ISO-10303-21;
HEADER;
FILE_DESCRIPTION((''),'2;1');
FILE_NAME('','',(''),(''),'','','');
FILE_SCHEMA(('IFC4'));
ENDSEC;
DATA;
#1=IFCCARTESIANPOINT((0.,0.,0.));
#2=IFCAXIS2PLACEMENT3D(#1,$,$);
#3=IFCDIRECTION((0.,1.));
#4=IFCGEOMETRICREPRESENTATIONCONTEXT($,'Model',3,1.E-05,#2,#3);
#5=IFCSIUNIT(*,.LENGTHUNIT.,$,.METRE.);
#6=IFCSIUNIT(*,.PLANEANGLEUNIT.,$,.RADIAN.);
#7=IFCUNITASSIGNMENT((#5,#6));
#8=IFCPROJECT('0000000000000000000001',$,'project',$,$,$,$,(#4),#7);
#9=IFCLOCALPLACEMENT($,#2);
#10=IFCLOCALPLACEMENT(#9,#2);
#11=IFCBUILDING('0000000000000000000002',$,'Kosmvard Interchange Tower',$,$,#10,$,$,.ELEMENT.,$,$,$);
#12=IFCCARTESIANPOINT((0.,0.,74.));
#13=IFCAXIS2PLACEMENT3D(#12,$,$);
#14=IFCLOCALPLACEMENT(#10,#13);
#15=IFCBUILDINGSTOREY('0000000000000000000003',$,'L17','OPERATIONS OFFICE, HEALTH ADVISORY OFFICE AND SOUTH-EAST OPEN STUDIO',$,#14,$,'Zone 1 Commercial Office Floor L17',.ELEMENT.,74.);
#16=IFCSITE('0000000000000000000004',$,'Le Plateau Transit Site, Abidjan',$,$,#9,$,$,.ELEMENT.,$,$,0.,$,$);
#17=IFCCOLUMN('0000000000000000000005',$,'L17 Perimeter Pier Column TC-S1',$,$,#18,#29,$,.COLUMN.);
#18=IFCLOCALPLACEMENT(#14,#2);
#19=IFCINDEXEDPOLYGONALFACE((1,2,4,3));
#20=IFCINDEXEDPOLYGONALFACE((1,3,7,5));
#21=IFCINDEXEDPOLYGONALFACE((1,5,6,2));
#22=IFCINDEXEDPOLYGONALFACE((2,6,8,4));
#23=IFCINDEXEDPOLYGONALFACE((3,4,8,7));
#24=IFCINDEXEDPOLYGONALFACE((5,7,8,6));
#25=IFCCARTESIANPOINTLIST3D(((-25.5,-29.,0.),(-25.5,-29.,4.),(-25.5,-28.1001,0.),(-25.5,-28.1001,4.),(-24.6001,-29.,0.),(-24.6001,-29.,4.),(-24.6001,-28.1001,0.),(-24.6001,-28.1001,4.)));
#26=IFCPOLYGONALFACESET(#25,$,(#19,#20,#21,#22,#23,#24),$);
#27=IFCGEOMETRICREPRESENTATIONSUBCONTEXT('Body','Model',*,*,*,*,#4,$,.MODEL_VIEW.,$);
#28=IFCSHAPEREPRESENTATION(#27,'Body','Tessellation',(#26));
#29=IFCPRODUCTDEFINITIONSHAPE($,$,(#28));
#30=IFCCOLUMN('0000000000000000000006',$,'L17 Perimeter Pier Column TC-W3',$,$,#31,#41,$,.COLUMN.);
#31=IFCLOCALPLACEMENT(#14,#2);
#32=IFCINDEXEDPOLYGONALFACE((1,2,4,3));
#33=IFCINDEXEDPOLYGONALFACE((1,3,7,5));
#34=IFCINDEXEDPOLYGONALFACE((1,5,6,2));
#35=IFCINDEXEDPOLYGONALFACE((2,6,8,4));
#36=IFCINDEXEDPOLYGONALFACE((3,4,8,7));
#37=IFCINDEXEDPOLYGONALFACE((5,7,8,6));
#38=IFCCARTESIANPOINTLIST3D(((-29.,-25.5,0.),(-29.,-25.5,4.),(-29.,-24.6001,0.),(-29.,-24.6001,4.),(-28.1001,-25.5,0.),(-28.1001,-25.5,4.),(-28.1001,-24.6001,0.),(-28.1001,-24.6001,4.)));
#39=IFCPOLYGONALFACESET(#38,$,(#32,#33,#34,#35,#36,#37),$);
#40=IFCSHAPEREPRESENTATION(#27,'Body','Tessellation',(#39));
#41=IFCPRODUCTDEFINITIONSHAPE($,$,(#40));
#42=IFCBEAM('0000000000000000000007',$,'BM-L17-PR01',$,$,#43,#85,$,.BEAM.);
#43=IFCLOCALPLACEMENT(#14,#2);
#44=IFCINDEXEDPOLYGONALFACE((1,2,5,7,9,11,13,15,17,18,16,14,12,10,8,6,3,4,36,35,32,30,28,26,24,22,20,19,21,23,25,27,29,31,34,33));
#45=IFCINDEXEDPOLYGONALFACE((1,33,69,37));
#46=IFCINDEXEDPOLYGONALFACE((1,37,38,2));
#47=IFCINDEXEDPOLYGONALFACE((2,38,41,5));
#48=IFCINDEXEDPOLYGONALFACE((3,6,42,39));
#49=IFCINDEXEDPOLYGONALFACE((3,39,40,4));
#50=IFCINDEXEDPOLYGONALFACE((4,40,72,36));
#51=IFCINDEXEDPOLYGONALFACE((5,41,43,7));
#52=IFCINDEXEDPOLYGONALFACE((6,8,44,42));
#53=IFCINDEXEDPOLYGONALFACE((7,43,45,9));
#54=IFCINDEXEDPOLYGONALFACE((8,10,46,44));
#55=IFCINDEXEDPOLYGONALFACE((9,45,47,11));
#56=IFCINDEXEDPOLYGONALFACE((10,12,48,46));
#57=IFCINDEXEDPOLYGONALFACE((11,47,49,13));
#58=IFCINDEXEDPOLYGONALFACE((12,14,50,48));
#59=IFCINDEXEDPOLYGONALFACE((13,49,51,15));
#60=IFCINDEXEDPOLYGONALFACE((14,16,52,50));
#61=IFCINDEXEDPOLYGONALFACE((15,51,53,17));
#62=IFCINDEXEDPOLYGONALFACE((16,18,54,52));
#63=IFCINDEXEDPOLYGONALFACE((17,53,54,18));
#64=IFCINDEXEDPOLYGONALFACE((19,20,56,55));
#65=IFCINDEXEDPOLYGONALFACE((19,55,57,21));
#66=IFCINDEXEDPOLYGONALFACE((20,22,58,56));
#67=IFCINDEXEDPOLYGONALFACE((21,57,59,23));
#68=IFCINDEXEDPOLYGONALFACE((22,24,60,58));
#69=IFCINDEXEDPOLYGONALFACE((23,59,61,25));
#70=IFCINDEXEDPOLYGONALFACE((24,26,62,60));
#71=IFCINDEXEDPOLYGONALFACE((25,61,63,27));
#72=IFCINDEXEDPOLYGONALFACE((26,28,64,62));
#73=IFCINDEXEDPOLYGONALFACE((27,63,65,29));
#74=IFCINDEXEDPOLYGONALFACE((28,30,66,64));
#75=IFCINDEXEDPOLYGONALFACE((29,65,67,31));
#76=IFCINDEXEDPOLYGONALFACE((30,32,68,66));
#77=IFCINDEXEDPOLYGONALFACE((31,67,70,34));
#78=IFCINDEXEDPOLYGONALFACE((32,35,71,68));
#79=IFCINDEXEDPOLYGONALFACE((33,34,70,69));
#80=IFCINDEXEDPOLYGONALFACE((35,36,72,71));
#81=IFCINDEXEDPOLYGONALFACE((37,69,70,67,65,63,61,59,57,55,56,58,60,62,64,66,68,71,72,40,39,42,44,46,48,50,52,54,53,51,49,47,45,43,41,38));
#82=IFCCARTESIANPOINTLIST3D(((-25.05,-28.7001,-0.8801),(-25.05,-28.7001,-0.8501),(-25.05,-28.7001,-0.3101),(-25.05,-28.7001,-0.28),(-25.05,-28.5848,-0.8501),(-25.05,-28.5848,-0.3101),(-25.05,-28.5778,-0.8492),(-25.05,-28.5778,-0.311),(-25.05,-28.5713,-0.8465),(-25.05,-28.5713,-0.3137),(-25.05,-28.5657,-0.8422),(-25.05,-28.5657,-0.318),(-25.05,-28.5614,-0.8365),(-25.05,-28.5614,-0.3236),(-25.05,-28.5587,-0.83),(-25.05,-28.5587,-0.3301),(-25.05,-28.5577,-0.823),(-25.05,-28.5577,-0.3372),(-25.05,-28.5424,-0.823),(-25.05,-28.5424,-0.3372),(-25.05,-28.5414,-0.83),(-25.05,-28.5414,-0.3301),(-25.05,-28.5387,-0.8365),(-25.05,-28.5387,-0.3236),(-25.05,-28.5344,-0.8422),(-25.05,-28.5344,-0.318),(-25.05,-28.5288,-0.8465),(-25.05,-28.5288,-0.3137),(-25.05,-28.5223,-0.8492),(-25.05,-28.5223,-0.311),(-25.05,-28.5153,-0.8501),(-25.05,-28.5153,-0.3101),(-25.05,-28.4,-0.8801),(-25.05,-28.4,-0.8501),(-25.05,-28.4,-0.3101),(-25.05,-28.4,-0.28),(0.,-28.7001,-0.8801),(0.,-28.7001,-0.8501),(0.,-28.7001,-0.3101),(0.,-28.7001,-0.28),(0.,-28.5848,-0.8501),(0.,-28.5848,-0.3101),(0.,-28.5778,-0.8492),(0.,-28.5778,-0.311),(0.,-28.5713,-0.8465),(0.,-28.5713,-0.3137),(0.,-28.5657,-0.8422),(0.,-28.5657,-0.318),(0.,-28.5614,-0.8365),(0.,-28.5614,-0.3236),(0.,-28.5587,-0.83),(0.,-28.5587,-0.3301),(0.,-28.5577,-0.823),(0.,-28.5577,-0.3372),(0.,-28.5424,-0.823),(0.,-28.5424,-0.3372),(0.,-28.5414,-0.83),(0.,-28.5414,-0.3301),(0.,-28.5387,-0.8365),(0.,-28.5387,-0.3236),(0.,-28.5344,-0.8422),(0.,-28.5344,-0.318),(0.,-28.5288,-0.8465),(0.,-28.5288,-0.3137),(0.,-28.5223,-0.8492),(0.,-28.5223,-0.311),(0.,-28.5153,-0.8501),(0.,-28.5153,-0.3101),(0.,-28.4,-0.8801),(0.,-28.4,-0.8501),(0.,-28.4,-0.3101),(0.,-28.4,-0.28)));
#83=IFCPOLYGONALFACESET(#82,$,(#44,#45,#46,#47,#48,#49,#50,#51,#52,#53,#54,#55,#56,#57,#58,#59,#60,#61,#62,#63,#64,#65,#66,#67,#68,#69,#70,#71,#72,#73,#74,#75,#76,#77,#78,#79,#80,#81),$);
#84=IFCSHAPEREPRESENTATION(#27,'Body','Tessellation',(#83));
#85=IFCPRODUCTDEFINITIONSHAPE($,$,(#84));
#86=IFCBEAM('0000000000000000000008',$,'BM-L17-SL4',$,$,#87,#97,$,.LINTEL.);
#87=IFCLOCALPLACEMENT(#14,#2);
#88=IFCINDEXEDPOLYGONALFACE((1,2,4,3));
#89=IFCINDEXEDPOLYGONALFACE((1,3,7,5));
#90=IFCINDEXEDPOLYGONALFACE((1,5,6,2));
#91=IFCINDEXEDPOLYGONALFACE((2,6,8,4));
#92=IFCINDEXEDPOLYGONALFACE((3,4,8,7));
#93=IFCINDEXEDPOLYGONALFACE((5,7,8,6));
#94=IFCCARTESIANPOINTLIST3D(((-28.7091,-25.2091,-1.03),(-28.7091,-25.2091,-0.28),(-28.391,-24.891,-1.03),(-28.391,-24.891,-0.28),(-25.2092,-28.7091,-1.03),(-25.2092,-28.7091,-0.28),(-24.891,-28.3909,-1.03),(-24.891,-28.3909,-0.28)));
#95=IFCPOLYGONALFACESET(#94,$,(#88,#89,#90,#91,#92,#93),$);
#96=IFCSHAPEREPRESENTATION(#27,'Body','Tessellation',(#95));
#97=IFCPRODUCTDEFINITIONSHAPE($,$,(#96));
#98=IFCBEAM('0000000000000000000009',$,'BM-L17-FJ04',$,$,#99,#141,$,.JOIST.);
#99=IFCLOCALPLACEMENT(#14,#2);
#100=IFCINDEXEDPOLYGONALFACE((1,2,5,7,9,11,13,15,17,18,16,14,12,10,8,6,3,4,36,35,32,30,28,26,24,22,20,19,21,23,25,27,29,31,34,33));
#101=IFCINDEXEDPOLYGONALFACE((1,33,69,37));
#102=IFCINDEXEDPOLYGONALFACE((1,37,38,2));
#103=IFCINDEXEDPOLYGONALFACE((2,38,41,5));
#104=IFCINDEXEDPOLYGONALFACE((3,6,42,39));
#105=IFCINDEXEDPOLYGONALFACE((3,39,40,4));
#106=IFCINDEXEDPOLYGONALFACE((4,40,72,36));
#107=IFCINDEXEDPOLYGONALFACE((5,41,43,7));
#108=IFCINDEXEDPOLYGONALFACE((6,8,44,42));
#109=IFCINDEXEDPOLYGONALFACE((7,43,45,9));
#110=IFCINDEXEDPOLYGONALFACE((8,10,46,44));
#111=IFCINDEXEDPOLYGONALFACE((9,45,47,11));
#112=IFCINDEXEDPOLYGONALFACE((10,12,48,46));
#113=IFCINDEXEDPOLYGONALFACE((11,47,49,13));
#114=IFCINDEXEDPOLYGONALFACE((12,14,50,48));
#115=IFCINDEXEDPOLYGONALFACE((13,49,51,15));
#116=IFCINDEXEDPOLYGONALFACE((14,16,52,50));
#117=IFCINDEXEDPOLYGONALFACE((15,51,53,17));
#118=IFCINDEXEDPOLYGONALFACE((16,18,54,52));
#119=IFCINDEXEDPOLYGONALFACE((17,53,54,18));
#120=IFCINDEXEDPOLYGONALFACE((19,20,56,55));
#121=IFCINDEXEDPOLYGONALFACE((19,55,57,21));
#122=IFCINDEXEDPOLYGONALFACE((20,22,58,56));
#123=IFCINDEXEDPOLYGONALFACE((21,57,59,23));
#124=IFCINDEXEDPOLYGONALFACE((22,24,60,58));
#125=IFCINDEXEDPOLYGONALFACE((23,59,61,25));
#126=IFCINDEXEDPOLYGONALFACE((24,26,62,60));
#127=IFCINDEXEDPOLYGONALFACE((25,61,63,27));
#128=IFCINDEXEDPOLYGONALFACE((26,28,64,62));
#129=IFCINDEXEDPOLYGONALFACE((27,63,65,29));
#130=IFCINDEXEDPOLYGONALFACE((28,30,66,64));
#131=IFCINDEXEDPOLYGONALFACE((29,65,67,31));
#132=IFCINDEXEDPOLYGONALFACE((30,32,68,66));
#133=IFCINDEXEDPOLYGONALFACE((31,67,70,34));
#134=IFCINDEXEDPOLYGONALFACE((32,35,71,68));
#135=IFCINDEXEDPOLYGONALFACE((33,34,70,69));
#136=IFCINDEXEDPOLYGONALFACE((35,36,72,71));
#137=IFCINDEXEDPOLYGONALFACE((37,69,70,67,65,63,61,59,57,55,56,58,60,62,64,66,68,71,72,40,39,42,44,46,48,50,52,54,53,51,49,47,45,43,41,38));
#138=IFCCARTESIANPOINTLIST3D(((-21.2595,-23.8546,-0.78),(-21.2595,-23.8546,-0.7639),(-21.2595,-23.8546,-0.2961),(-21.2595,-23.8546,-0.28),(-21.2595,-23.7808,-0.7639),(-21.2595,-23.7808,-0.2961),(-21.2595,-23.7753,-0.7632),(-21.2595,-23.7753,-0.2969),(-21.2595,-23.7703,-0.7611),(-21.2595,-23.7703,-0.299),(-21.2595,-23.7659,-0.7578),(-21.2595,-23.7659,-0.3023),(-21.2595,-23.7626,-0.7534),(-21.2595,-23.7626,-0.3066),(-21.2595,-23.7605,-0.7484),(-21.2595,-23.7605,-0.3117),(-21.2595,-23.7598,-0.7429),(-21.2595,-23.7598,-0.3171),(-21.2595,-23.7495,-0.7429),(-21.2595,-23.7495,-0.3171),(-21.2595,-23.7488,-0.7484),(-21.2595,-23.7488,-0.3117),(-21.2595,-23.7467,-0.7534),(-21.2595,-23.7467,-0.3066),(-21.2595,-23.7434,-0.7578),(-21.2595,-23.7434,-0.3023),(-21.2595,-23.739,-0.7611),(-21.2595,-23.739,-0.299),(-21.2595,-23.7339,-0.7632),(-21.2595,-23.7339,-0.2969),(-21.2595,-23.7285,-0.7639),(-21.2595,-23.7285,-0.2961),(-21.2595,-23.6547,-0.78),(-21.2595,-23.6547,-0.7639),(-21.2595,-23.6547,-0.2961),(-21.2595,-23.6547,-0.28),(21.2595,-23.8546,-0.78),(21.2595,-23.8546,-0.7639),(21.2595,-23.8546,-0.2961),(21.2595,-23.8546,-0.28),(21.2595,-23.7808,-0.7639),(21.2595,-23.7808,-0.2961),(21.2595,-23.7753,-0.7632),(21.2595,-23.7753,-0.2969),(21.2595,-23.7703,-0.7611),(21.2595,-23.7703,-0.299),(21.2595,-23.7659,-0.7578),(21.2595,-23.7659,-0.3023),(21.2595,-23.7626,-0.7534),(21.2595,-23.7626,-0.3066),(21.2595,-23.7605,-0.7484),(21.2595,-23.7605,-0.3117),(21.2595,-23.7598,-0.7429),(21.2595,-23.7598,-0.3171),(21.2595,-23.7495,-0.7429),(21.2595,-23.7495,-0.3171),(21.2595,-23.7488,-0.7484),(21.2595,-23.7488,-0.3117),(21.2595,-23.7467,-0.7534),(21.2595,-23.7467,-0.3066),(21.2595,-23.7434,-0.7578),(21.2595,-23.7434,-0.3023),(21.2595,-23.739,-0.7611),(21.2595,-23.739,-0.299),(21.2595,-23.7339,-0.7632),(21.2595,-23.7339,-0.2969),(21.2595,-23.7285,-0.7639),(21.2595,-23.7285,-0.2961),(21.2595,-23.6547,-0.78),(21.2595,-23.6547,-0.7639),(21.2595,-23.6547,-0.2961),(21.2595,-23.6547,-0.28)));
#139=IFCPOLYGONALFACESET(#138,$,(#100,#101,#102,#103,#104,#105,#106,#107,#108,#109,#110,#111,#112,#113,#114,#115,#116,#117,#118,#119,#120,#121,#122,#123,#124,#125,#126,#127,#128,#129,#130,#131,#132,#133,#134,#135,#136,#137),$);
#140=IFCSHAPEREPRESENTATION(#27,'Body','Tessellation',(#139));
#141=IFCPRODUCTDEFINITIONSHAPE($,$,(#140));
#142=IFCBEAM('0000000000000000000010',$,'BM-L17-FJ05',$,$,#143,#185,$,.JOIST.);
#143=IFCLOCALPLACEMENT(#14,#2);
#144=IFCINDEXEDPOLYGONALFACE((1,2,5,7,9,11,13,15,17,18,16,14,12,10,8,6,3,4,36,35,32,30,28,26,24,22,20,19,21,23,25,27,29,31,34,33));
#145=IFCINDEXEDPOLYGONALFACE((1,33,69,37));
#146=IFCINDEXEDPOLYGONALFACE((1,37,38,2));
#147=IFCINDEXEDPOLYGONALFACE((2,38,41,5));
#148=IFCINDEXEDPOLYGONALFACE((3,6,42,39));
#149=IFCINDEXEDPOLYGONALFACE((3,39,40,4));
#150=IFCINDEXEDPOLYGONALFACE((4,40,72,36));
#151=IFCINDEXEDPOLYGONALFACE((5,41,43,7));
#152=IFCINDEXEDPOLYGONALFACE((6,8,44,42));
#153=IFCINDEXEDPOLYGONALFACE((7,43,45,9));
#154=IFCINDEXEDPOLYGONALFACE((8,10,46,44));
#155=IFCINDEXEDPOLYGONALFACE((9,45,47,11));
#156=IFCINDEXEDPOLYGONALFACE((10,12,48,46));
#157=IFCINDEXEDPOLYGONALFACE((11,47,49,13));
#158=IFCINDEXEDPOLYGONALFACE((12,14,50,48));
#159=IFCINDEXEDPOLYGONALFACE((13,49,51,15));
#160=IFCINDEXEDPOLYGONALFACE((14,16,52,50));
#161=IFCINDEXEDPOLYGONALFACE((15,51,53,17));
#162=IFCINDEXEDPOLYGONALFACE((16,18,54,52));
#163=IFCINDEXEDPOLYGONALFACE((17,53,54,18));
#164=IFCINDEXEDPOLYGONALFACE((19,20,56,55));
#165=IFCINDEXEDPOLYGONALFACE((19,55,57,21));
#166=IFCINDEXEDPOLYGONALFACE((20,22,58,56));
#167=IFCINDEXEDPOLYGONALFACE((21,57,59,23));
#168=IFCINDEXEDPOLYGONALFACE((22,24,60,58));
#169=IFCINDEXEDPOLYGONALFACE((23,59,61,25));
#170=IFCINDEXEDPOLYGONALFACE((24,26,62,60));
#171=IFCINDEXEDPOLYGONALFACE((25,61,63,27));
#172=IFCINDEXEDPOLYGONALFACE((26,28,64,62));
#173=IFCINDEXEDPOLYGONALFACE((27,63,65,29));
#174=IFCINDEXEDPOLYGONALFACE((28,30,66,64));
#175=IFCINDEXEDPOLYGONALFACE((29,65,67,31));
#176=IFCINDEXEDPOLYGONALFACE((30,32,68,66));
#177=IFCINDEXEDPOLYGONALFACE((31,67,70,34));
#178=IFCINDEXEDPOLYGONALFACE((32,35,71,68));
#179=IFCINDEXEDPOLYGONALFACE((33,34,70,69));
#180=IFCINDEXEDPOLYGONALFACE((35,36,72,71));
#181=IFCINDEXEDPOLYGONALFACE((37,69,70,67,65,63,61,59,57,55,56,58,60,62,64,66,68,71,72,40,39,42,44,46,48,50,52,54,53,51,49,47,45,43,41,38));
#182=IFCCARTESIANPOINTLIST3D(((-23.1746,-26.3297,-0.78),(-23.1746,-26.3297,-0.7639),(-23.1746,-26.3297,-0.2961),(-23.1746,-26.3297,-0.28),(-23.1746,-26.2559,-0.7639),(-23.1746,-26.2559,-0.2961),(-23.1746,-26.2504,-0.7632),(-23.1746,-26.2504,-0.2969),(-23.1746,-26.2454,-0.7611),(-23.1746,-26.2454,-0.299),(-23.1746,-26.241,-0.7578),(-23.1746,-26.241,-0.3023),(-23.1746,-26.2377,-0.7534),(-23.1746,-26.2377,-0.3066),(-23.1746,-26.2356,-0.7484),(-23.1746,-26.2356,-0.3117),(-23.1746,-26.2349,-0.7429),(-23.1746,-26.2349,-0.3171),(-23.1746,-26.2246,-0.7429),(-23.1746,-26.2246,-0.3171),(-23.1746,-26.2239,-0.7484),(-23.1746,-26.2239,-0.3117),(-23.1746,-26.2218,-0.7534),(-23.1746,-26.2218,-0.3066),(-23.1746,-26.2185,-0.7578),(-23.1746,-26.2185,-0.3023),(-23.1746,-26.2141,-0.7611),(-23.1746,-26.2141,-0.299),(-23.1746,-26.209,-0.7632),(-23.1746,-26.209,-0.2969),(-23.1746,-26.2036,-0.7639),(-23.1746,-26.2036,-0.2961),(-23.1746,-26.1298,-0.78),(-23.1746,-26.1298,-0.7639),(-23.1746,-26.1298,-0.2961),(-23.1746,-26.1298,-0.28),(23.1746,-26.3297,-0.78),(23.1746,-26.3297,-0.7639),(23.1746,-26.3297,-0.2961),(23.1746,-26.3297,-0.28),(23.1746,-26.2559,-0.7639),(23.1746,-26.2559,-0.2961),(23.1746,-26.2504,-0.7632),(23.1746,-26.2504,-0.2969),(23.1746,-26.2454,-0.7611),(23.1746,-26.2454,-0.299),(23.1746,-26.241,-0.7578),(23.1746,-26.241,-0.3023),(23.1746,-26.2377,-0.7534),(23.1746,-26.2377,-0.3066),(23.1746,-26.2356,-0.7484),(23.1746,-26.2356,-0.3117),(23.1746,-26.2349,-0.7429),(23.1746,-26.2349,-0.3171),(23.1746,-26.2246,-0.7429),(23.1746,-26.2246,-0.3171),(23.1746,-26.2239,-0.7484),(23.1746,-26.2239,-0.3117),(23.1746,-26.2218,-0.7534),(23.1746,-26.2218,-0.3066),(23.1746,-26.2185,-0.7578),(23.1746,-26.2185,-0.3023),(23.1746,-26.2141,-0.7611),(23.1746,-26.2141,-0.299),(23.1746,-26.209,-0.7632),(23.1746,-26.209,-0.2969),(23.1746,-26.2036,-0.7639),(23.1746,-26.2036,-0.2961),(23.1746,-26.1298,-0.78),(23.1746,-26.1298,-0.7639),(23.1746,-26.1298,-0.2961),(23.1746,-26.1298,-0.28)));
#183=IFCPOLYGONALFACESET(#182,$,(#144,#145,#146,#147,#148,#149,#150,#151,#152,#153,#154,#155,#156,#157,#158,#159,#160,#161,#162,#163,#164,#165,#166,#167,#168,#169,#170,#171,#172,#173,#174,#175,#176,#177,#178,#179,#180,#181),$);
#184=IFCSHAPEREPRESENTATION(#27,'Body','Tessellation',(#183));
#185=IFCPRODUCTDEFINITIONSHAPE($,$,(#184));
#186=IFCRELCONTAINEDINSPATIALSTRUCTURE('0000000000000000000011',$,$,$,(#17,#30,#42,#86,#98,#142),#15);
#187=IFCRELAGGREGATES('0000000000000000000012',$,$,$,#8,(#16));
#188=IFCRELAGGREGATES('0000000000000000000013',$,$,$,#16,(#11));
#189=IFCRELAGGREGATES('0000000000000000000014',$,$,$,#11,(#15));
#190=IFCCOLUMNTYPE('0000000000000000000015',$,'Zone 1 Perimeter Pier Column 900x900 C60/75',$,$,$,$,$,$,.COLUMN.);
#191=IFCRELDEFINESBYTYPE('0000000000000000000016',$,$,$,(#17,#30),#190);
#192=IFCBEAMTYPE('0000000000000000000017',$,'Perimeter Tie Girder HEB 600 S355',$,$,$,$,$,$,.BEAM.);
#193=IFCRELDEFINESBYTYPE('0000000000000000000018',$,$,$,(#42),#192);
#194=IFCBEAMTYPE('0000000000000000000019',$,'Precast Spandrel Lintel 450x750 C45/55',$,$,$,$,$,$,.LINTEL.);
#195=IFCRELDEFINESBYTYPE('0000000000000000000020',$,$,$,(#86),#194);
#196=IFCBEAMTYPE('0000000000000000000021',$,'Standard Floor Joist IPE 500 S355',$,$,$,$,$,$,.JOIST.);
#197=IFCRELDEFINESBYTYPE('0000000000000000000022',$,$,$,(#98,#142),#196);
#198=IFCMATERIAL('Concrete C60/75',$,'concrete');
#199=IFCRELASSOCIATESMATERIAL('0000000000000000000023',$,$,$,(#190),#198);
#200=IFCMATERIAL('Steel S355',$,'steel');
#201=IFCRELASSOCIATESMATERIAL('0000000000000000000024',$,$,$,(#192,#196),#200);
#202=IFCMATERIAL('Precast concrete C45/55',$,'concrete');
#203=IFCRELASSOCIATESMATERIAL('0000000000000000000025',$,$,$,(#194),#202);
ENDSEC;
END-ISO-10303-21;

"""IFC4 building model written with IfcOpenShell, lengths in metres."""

from ifc_helpers import new_model, si_unit, direction, frame, origin, origin_2d, place, context, subcontext, project, spatial, rectangle, i_section, extrude, source, transform, mapped, material, material_profile, profile_set, type_object, element, save


model = new_model("IFC4")

# Units and contexts
model_context = context("Model", 3, precision=1e-05, world=origin(), true_north=direction((0.0, 1.0)))
body_context = subcontext(model_context, "Body", "Model", "MODEL_VIEW")
ifc_project = project(units=[si_unit("LENGTHUNIT", "METRE"), si_unit("PLANEANGLEUNIT", "RADIAN")], contexts=[model_context])

# Site, building, storey
site_placement = place(None, origin())
site = spatial("IfcSite", under=ifc_project, at=site_placement, Name="Le Plateau Transit Site, Abidjan", CompositionType="ELEMENT", RefElevation=0.0)
building_placement = place(site_placement, origin())
building = spatial("IfcBuilding", under=site, at=building_placement, Name="Kosmvard Interchange Tower", CompositionType="ELEMENT")
storey_placement = place(building_placement, frame((0.0, 0.0, 74.0)))
storey = spatial("IfcBuildingStorey", under=building, at=storey_placement, Name="L17", Description="OPERATIONS OFFICE, HEALTH ADVISORY OFFICE AND SOUTH-EAST OPEN STUDIO", LongName="Zone 1 Commercial Office Floor L17", CompositionType="ELEMENT", Elevation=74.0)

# Columns
ifc_material_1 = material(Name="Concrete C60/75", Category="concrete")
ifc_material_profile_1 = material_profile(ifc_material_1, rectangle(XDim=0.8999, YDim=0.8999, at=origin_2d()), Name="TC 900x900")
ifc_profile_set_1 = profile_set([ifc_material_profile_1], Name="Concrete C60/75")
column_type = type_object("IfcColumnType", Name="Zone 1 Perimeter Pier Column 900x900 C60/75", PredefinedType="COLUMN", material=ifc_profile_set_1)
shared_shape_1 = source(origin(), body_context, "Body", "SweptSolid", [
    extrude(rectangle(XDim=0.8999, YDim=0.8999, at=origin_2d()), origin(), (0.0, 0.0, 1.0), 4.0),
])
for number, where, z_axis, x_axis, name in (
    (1, (-25.05, -28.55, 0.0), (0.0, 0.0, 1.0), (1.0, 0.0, 0.0), "L17 Perimeter Pier Column TC-S1"),
    (2, (-28.55, -25.05, 0.0), (0.0, 0.0, 1.0), (1.0, 0.0, 0.0), "L17 Perimeter Pier Column TC-W3"),
):
    element("IfcColumn", number, at=place(storey_placement, frame(where, z_axis=z_axis, x_axis=x_axis)), inside=storey, type_object=column_type, Name=name, PredefinedType="COLUMN", context=body_context, shape_type="MappedRepresentation", body=[
        mapped(shared_shape_1, transform((0.0, 0.0, 0.0), scale=1.0)),
    ])

# Beams
ifc_material_2 = material(Name="Steel S355", Category="steel")
ifc_material_profile_2 = material_profile(ifc_material_2, i_section(OverallWidth=0.3, OverallDepth=0.6001, WebThickness=0.0154, FlangeThickness=0.03, FilletRadius=0.0271, at=origin_2d()), Name="HEB 600")
ifc_profile_set_2 = profile_set([ifc_material_profile_2], Name="Steel S355")
beam_type_1 = type_object("IfcBeamType", Name="Perimeter Tie Girder HEB 600 S355", PredefinedType="BEAM", material=ifc_profile_set_2)
shared_shape_2 = source(origin(), body_context, "Body", "SweptSolid", [
    extrude(i_section(OverallWidth=0.3, OverallDepth=0.6001, WebThickness=0.0154, FlangeThickness=0.03, FilletRadius=0.0271, at=origin_2d()), origin(), (0.0, 0.0, 1.0), 25.05),
])
beam_1_placement = place(storey_placement, frame((-25.05, -28.55, -0.5801), z_axis=(1.0, 0.0, 0.0), x_axis=(0.0, 1.0, 0.0)))
element("IfcBeam", 3, at=beam_1_placement, inside=storey, type_object=beam_type_1, Name="BM-L17-PR01", PredefinedType="BEAM", context=body_context, shape_type="MappedRepresentation", body=[
    mapped(shared_shape_2, transform((0.0, 0.0, 0.0), scale=1.0)),
])
ifc_material_3 = material(Name="Precast concrete C45/55", Category="concrete")
ifc_material_profile_3 = material_profile(ifc_material_3, rectangle(XDim=0.45, YDim=0.75, at=origin_2d()), Name="SL 450x750")
ifc_profile_set_3 = profile_set([ifc_material_profile_3], Name="Precast concrete C45/55")
beam_type_2 = type_object("IfcBeamType", Name="Precast Spandrel Lintel 450x750 C45/55", PredefinedType="LINTEL", material=ifc_profile_set_3)
shared_shape_3 = source(origin(), body_context, "Body", "SweptSolid", [
    extrude(rectangle(XDim=0.45, YDim=0.75, at=origin_2d()), origin(), (0.0, 0.0, 1.0), 4.9497),
])
beam_2_placement = place(storey_placement, frame((-28.55, -25.05, -0.655), z_axis=(0.707107, -0.707107, 0.0), x_axis=(0.707107, 0.707107, 0.0)))
element("IfcBeam", 4, at=beam_2_placement, inside=storey, type_object=beam_type_2, Name="BM-L17-SL4", PredefinedType="LINTEL", context=body_context, shape_type="MappedRepresentation", body=[
    mapped(shared_shape_3, transform((0.0, 0.0, 0.0), scale=1.0)),
])
ifc_material_profile_4 = material_profile(ifc_material_2, i_section(OverallWidth=0.2, OverallDepth=0.5, WebThickness=0.0103, FlangeThickness=0.0161, FilletRadius=0.021, at=origin_2d()), Name="IPE 500")
ifc_profile_set_4 = profile_set([ifc_material_profile_4], Name="Steel S355")
beam_type_3 = type_object("IfcBeamType", Name="Standard Floor Joist IPE 500 S355", PredefinedType="JOIST", material=ifc_profile_set_4)
shared_shape_4 = source(origin(), body_context, "Body", "SweptSolid", [
    extrude(i_section(OverallWidth=0.2, OverallDepth=0.5, WebThickness=0.0103, FlangeThickness=0.0161, FilletRadius=0.021, at=origin_2d()), origin(), (0.0, 0.0, 1.0), 42.519),
])
beam_3_placement = place(storey_placement, frame((-21.2595, -23.7546, -0.53), z_axis=(1.0, 0.0, 0.0), x_axis=(0.0, 1.0, 0.0)))
element("IfcBeam", 5, at=beam_3_placement, inside=storey, type_object=beam_type_3, Name="BM-L17-FJ04", PredefinedType="JOIST", context=body_context, shape_type="MappedRepresentation", body=[
    mapped(shared_shape_4, transform((0.0, 0.0, 0.0), scale=1.0)),
])
shared_shape_5 = source(origin(), body_context, "Body", "SweptSolid", [
    extrude(i_section(OverallWidth=0.2, OverallDepth=0.5, WebThickness=0.0103, FlangeThickness=0.0161, FilletRadius=0.021, at=origin_2d()), origin(), (0.0, 0.0, 1.0), 46.3491),
])
beam_4_placement = place(storey_placement, frame((-23.1746, -26.2297, -0.53), z_axis=(1.0, 0.0, 0.0), x_axis=(0.0, 1.0, 0.0)))
element("IfcBeam", 6, at=beam_4_placement, inside=storey, type_object=beam_type_3, Name="BM-L17-FJ05", PredefinedType="JOIST", context=body_context, shape_type="MappedRepresentation", body=[
    mapped(shared_shape_5, transform((0.0, 0.0, 0.0), scale=1.0)),
])

save(model, "model.ifc")
